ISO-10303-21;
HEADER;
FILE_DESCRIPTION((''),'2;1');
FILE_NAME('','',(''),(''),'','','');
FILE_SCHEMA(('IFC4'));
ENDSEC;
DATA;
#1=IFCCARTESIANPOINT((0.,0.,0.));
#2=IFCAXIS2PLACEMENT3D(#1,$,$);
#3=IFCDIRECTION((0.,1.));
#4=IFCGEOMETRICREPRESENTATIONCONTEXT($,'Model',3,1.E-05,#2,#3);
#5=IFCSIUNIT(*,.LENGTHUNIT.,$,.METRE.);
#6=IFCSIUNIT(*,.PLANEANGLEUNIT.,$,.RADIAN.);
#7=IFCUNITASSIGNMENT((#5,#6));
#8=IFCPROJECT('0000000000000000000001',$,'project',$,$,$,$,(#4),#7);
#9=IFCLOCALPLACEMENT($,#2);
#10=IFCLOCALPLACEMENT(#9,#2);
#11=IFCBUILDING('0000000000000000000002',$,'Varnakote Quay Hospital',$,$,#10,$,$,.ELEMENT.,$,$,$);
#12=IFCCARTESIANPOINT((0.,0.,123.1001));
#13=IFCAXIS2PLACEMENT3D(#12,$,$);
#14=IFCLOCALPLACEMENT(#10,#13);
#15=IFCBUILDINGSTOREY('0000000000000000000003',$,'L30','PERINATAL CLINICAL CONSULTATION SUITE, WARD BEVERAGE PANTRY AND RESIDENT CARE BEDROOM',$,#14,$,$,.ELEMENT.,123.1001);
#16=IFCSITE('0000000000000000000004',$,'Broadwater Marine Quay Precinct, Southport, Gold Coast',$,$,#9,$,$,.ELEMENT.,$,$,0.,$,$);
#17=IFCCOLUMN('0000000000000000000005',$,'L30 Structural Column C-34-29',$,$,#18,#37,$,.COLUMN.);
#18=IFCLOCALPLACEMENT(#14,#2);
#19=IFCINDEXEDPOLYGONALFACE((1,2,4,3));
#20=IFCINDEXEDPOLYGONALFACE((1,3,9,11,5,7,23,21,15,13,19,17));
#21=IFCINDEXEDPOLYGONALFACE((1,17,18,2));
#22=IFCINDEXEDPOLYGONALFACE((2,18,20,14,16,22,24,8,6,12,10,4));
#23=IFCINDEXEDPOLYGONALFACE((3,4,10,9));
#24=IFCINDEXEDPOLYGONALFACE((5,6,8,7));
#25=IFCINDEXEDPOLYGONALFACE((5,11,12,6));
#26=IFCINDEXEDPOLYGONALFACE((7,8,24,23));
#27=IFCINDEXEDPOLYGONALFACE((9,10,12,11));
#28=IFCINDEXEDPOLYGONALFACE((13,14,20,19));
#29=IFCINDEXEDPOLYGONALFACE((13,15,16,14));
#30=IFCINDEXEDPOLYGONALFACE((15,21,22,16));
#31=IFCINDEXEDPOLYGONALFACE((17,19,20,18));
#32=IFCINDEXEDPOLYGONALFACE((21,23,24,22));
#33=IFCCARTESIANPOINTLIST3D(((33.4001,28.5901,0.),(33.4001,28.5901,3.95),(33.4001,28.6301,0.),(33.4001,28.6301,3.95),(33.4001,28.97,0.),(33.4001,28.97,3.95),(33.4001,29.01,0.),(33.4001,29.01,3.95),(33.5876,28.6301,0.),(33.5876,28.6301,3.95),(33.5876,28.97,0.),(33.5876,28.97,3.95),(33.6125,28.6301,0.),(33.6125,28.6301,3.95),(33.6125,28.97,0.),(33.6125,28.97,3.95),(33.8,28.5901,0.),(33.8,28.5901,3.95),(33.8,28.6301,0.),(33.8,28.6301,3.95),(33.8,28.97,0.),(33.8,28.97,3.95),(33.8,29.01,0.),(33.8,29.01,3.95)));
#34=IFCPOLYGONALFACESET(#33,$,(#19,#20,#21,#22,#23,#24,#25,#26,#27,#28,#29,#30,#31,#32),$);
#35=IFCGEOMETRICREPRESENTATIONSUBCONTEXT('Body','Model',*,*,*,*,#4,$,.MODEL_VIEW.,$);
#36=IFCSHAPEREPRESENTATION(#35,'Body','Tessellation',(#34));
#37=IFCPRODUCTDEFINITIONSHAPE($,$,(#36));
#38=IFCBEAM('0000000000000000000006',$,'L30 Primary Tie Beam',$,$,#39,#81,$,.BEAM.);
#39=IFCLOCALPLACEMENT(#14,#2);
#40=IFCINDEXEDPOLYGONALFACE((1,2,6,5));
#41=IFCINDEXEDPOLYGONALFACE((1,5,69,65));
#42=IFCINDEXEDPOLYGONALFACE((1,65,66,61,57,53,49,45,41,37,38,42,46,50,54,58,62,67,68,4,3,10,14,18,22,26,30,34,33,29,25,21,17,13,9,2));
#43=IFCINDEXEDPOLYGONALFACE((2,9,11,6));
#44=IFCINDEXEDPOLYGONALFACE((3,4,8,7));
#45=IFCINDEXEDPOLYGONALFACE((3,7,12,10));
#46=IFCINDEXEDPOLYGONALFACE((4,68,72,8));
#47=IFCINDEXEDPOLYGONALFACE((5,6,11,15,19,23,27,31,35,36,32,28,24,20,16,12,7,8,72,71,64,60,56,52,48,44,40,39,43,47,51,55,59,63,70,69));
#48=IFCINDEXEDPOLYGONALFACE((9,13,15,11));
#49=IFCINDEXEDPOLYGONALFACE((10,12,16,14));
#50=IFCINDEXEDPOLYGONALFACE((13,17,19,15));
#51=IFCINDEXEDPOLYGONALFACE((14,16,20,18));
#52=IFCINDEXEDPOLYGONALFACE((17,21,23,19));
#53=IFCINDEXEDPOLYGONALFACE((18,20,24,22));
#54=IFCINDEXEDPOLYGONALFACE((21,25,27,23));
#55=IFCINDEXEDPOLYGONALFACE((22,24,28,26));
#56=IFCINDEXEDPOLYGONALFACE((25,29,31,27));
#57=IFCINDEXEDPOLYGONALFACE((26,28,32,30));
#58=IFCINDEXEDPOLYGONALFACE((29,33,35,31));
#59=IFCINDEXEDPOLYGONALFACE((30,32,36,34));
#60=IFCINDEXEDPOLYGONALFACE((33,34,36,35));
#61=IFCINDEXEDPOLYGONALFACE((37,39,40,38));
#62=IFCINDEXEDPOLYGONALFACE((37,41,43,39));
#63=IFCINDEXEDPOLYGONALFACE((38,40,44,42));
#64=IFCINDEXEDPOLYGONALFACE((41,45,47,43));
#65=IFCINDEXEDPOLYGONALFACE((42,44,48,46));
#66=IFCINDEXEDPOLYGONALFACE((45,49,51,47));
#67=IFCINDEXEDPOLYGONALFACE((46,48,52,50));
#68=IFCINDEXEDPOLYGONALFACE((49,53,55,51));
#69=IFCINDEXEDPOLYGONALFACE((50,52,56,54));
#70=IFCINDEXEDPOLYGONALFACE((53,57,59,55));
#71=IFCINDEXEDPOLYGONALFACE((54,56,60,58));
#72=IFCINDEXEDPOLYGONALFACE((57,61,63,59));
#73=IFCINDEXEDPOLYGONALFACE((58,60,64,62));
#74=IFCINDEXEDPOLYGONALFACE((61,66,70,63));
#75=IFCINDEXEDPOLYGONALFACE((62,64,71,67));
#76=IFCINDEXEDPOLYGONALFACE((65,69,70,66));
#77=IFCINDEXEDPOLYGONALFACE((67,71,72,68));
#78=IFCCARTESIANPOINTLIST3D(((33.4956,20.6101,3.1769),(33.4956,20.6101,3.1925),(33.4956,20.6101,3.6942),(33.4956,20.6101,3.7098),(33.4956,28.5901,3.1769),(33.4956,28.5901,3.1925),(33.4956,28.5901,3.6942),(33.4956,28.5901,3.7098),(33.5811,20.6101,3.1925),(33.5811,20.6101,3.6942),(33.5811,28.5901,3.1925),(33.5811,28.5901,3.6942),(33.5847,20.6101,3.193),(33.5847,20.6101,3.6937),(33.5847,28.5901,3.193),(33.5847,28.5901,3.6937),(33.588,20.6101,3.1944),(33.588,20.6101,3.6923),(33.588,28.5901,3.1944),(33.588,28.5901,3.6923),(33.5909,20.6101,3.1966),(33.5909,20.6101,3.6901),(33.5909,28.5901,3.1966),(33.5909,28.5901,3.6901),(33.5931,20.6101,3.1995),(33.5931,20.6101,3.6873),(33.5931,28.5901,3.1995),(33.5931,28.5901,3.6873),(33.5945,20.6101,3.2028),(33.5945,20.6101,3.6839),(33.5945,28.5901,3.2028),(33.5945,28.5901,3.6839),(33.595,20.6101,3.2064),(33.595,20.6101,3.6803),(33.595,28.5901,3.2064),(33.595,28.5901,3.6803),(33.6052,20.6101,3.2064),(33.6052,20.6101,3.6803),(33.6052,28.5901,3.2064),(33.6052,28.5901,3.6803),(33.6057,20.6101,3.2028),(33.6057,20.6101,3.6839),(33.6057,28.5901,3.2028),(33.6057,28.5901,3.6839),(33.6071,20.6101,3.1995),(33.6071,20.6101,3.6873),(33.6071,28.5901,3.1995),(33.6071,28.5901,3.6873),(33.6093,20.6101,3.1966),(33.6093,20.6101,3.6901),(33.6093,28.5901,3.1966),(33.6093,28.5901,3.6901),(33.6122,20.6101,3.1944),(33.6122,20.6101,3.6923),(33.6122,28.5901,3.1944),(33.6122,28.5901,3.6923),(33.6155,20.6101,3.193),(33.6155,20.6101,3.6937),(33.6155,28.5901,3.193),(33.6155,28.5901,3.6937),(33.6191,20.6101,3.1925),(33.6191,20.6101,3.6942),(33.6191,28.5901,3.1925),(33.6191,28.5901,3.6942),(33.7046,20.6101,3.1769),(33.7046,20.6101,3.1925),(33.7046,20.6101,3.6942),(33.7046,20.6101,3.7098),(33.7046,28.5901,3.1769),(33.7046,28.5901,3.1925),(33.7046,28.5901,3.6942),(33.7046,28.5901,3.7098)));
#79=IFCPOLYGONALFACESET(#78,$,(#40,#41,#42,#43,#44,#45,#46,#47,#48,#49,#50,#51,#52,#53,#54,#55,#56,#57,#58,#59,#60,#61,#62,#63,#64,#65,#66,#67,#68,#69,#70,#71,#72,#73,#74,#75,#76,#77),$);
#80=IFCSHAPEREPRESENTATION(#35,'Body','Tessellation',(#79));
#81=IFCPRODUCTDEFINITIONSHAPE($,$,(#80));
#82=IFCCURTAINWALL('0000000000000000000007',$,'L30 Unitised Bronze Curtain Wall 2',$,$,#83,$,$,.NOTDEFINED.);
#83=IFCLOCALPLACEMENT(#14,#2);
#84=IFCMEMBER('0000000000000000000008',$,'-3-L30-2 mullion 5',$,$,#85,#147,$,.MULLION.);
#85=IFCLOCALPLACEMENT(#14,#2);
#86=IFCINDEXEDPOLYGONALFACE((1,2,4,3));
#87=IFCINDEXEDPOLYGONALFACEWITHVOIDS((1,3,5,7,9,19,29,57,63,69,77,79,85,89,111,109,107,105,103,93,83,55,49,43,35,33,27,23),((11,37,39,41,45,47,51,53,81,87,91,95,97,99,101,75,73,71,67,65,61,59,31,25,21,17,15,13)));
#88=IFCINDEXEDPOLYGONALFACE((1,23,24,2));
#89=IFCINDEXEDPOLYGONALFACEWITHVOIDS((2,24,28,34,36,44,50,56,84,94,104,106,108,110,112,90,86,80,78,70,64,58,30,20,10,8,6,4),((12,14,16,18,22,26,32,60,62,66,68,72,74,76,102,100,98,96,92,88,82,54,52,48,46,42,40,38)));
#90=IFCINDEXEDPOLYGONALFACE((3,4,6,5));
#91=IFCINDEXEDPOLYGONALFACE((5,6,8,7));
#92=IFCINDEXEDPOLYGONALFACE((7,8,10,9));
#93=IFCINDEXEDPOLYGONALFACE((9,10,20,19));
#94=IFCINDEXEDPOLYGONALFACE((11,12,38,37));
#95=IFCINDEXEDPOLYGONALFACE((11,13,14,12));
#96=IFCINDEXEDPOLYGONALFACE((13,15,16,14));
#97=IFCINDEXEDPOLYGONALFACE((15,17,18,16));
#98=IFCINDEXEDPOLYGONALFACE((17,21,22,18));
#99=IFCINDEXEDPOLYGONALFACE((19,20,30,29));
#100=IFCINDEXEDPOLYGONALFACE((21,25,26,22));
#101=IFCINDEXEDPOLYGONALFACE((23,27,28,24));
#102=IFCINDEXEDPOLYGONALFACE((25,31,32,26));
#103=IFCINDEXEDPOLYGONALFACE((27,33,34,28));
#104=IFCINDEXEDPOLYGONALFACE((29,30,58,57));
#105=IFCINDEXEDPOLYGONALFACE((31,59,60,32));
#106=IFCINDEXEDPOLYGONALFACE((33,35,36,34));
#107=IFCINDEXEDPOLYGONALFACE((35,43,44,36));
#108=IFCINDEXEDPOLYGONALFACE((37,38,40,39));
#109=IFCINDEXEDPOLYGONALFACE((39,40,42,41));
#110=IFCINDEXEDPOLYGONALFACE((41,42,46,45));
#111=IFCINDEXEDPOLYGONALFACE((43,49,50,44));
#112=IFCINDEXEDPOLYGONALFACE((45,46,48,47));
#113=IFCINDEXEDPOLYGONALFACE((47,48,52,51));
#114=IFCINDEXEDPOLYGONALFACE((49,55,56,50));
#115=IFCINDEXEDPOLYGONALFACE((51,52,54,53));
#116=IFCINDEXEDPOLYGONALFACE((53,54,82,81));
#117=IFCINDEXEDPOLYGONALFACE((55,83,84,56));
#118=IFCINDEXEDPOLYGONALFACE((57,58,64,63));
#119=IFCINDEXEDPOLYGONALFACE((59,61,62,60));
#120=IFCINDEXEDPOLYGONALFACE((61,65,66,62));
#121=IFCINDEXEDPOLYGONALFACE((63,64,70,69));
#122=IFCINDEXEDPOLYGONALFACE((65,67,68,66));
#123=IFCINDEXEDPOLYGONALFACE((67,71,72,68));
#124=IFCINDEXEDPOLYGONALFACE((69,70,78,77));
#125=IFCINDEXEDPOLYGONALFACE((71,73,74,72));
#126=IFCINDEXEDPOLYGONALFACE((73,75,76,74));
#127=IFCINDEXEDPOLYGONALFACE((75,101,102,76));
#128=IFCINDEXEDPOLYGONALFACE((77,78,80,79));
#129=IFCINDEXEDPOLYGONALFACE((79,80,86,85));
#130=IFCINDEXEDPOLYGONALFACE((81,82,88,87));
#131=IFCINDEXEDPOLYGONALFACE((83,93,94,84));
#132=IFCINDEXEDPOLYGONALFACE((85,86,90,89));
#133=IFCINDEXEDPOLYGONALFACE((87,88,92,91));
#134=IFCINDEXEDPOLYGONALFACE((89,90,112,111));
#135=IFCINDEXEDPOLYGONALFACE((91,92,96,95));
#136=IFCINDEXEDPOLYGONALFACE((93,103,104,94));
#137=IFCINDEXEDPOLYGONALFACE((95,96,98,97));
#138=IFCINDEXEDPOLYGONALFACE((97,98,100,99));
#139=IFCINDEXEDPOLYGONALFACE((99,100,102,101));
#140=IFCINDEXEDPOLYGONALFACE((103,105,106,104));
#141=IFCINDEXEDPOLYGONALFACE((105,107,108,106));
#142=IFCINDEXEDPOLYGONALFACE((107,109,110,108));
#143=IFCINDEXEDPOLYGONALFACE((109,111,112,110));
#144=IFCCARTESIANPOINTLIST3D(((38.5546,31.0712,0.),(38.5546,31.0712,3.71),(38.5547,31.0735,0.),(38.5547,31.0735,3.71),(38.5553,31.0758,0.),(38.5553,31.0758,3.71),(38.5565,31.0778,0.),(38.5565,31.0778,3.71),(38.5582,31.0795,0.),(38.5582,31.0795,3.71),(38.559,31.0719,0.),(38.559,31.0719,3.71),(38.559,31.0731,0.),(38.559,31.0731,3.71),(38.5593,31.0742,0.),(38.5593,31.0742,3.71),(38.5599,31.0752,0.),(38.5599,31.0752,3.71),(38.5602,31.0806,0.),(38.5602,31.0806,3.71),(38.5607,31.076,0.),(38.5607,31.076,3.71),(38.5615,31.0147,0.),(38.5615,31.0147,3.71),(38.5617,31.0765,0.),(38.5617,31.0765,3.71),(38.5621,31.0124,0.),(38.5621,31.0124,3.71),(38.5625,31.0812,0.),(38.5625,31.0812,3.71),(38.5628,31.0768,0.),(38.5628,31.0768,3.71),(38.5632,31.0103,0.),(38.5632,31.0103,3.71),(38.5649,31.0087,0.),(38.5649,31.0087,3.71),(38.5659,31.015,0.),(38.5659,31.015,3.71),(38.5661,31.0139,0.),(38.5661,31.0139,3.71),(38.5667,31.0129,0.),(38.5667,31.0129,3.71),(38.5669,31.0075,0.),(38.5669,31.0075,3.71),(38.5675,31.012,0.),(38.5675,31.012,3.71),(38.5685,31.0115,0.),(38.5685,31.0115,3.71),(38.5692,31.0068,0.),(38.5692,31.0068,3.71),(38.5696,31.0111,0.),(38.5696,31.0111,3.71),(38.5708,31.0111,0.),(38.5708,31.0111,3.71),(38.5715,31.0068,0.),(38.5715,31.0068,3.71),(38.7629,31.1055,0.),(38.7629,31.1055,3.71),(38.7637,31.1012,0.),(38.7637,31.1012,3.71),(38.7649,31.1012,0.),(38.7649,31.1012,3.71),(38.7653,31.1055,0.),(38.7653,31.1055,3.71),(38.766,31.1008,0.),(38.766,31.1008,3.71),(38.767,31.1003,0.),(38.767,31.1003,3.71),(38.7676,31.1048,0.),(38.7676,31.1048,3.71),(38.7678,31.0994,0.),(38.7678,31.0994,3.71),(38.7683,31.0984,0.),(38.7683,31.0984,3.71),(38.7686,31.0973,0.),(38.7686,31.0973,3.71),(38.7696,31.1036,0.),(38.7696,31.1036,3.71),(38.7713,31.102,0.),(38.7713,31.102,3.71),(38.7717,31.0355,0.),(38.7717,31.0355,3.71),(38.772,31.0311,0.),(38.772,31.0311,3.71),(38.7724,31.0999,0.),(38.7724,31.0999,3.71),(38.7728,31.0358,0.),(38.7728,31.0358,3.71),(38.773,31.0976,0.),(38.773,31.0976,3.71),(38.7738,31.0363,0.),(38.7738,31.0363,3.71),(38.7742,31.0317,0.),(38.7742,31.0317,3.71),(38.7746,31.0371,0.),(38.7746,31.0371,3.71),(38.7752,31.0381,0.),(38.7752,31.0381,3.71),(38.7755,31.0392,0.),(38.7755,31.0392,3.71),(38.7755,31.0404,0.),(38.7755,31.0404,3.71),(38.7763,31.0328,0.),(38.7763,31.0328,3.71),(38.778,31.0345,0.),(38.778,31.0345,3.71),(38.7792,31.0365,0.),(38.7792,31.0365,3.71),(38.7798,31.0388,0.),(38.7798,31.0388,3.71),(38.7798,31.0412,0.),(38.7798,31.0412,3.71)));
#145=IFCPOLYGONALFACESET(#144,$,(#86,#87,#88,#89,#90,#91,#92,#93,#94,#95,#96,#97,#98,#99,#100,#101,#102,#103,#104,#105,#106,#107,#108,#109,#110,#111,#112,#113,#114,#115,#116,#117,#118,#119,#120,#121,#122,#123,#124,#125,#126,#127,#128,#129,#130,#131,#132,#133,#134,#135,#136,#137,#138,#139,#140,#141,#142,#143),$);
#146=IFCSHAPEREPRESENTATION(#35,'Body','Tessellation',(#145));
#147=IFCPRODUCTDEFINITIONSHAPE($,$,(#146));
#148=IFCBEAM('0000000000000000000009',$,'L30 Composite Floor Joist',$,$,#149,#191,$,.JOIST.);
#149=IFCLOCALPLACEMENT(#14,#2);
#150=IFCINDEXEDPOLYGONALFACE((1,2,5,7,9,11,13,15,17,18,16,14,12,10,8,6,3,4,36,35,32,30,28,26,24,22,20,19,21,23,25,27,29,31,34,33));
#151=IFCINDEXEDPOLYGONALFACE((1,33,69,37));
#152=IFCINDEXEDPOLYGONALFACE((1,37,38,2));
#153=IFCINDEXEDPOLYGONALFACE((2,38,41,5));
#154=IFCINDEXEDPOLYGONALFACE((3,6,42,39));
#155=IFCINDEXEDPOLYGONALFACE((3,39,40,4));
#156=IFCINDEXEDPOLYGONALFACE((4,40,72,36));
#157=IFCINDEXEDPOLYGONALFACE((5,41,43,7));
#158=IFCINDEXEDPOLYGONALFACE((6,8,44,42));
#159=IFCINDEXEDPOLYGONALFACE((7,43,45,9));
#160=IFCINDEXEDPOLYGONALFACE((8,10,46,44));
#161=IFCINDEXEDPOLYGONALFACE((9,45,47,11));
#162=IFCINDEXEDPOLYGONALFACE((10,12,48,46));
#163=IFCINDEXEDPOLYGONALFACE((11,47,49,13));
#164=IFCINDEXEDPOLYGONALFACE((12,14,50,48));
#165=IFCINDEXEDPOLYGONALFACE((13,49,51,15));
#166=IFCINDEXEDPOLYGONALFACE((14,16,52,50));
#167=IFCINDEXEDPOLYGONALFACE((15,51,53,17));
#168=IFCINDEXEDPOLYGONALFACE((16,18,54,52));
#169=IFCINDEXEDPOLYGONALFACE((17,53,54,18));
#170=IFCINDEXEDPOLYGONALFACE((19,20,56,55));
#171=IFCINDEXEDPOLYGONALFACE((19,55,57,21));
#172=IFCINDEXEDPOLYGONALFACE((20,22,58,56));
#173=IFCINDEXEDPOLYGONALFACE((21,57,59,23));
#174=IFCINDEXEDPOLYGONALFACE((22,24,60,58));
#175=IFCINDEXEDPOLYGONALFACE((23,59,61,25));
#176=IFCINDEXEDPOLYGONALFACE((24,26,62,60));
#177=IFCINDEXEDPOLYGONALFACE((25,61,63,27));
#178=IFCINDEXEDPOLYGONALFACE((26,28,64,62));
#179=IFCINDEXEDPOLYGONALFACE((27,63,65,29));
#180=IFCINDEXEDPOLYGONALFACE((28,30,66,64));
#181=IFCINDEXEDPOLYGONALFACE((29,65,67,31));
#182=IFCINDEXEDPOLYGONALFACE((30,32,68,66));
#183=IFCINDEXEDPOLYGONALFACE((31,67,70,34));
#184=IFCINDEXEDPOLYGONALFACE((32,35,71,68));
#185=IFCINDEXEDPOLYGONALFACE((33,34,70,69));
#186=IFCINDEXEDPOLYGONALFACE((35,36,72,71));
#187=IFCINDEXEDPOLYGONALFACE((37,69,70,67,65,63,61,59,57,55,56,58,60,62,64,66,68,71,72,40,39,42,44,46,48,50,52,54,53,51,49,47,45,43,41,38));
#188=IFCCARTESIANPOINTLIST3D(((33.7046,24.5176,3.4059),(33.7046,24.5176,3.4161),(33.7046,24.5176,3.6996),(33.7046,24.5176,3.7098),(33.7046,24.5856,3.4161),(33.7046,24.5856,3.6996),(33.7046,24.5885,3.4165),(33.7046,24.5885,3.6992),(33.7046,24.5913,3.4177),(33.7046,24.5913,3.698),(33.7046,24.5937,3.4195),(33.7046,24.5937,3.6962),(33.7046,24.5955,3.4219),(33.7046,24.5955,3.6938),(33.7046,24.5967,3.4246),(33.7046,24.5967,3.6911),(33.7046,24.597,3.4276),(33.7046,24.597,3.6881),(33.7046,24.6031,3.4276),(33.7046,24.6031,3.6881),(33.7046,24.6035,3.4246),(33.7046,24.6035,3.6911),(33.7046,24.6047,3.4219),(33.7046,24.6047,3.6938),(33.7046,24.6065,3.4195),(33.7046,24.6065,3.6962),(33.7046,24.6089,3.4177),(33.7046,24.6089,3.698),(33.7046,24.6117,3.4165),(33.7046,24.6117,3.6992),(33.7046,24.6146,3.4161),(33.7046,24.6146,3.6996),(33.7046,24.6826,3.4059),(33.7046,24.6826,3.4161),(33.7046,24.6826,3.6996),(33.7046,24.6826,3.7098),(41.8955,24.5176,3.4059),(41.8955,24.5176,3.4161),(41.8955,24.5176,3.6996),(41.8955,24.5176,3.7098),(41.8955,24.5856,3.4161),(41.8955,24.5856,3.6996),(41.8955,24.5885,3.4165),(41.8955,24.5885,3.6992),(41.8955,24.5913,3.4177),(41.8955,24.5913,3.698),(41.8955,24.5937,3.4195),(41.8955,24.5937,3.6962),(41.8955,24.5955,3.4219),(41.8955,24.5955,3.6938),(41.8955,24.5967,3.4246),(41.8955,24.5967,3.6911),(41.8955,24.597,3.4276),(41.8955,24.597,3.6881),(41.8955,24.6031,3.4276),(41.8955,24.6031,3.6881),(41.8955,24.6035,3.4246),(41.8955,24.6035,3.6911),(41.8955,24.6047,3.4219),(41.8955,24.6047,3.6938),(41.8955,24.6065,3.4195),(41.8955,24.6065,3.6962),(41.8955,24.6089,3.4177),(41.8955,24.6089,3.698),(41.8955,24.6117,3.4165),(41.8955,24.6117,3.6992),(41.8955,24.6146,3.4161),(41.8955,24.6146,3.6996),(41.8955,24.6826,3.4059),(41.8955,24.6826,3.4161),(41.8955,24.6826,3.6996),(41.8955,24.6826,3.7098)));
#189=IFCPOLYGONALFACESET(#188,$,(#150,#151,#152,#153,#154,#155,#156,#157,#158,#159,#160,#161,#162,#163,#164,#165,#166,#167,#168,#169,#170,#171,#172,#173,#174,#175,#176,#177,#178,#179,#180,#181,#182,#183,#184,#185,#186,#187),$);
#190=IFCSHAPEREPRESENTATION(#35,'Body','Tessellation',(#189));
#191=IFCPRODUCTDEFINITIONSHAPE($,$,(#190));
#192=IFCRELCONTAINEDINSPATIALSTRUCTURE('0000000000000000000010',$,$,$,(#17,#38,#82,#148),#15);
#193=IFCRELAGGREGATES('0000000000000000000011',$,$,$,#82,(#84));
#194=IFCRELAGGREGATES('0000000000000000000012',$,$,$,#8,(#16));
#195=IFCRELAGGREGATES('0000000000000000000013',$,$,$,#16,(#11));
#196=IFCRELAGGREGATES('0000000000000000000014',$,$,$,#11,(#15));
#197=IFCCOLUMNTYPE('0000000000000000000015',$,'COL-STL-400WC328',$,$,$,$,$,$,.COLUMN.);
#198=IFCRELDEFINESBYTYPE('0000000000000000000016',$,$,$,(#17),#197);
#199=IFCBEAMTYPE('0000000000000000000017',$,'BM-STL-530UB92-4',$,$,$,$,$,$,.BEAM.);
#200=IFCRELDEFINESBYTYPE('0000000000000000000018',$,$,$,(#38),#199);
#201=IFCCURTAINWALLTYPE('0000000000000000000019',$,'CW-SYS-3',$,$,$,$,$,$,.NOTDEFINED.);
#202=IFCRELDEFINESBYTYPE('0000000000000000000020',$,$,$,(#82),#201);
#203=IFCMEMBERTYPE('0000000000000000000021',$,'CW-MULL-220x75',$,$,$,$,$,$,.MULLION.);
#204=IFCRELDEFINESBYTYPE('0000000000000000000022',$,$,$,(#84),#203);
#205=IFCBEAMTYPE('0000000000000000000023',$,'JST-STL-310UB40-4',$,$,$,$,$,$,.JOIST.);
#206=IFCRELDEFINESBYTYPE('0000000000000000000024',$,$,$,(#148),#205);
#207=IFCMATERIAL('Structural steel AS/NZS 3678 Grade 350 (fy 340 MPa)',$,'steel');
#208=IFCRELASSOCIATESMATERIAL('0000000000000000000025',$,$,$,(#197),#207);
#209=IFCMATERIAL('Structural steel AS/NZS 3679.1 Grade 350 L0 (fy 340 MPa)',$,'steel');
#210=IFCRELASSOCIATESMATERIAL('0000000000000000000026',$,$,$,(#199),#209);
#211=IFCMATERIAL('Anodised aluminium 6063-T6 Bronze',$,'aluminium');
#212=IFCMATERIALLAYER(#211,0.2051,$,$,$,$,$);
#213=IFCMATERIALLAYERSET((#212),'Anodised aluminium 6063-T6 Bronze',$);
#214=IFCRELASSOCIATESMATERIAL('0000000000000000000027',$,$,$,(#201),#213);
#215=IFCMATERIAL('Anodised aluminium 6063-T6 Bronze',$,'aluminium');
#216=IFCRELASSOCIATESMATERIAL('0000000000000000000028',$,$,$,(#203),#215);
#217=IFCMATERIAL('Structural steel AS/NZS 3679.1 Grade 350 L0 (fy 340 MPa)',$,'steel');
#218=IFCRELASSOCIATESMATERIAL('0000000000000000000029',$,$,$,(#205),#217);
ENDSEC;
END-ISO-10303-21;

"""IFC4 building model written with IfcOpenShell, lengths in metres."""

from ifc_helpers import new_model, si_unit, direction, frame, origin, origin_2d, place, context, subcontext, project, spatial, hollow_rectangle, i_section, extrude, material, layer, layer_set, material_profile, profile_set, type_object, element, aggregate, save


model = new_model("IFC4")

# Units and contexts
model_context = context("Model", 3, precision=1e-05, world=origin(), true_north=direction((0.0, 1.0)))
body_context = subcontext(model_context, "Body", "Model", "MODEL_VIEW")
ifc_project = project(units=[si_unit("LENGTHUNIT", "METRE"), si_unit("PLANEANGLEUNIT", "RADIAN")], contexts=[model_context])

# Site, building, storey
site_placement = place(None, origin())
site = spatial("IfcSite", under=ifc_project, at=site_placement, Name="Broadwater Marine Quay Precinct, Southport, Gold Coast", CompositionType="ELEMENT", RefElevation=0.0)
building_placement = place(site_placement, origin())
building = spatial("IfcBuilding", under=site, at=building_placement, Name="Varnakote Quay Hospital", CompositionType="ELEMENT")
storey_placement = place(building_placement, frame((0.0, 0.0, 123.1001)))
storey = spatial("IfcBuildingStorey", under=building, at=storey_placement, Name="L30", Description="PERINATAL CLINICAL CONSULTATION SUITE, WARD BEVERAGE PANTRY AND RESIDENT CARE BEDROOM", CompositionType="ELEMENT", Elevation=123.1001)

# Column
ifc_material_1 = material(Name="Structural steel AS/NZS 3678 Grade 350 (fy 340 MPa)", Category="steel")
ifc_material_profile_1 = material_profile(ifc_material_1, i_section(OverallWidth=0.3999, OverallDepth=0.4199, WebThickness=0.0249, FlangeThickness=0.04, at=origin_2d()), Name="400WC328")
ifc_profile_set_1 = profile_set([ifc_material_profile_1], Name="Structural steel AS/NZS 3678 Grade 350 (fy 340 MPa)")
column_type = type_object("IfcColumnType", Name="COL-STL-400WC328", PredefinedType="COLUMN", material=ifc_profile_set_1)
column_placement = place(storey_placement, frame((33.6001, 28.8, 0.0), z_axis=(0.0, 0.0, 1.0), x_axis=(1.0, 0.0, 0.0)))
element("IfcColumn", 1, at=column_placement, inside=storey, type_object=column_type, Name="L30 Structural Column C-34-29", PredefinedType="COLUMN", context=body_context, shape_type="SweptSolid", body=[
    extrude(i_section(OverallWidth=0.3999, OverallDepth=0.4199, WebThickness=0.0249, FlangeThickness=0.04, at=origin_2d()), origin(), (0.0, 0.0, 1.0), 3.95),
])

# Beam
ifc_material_2 = material(Name="Structural steel AS/NZS 3679.1 Grade 350 L0 (fy 340 MPa)", Category="steel")
ifc_material_profile_2 = material_profile(ifc_material_2, i_section(OverallWidth=0.209, OverallDepth=0.533, WebThickness=0.0103, FlangeThickness=0.0156, FilletRadius=0.0139, at=origin_2d()), Name="530UB92.4")
ifc_profile_set_2 = profile_set([ifc_material_profile_2], Name="Structural steel AS/NZS 3679.1 Grade 350 L0 (fy 340 MPa)")
beam_type_1 = type_object("IfcBeamType", Name="BM-STL-530UB92-4", PredefinedType="BEAM", material=ifc_profile_set_2)
beam_1_placement = place(storey_placement, frame((33.6001, 20.6101, 3.4434), z_axis=(0.0, 1.0, 0.0), x_axis=(-1.0, 0.0, 0.0)))
element("IfcBeam", 2, at=beam_1_placement, inside=storey, type_object=beam_type_1, Name="L30 Primary Tie Beam", PredefinedType="BEAM", context=body_context, shape_type="SweptSolid", body=[
    extrude(i_section(OverallWidth=0.209, OverallDepth=0.533, WebThickness=0.0103, FlangeThickness=0.0156, FilletRadius=0.0139, at=origin_2d()), origin(), (0.0, 0.0, 1.0), 7.98),
])

# Curtain wall, member
ifc_material_3 = material(Name="Anodised aluminium 6063-T6 Bronze", Category="aluminium")
ifc_layer_1 = layer(ifc_material_3, 0.2051)
ifc_layer_set_1 = layer_set([ifc_layer_1], Name="Anodised aluminium 6063-T6 Bronze")
curtain_wall_type = type_object("IfcCurtainWallType", Name="CW-SYS-3", PredefinedType="NOTDEFINED", material=ifc_layer_set_1)
curtain_wall_placement = place(storey_placement, origin())
curtain_wall = element("IfcCurtainWall", 3, at=curtain_wall_placement, inside=storey, type_object=curtain_wall_type, Name="L30 Unitised Bronze Curtain Wall 2", PredefinedType="NOTDEFINED")
ifc_material_4 = material(Name="Anodised aluminium 6063-T6 Bronze", Category="aluminium")
ifc_material_profile_3 = material_profile(ifc_material_4, hollow_rectangle(XDim=0.075, YDim=0.22, WallThickness=0.0044, InnerFilletRadius=0.0044, OuterFilletRadius=0.009, at=origin_2d()), Name="CW-MULL-220x75")
ifc_profile_set_3 = profile_set([ifc_material_profile_3], Name="Anodised aluminium 6063-T6 Bronze")
member_type = type_object("IfcMemberType", Name="CW-MULL-220x75", PredefinedType="MULLION", material=ifc_profile_set_3)
member_placement = place(storey_placement, frame((38.6672, 31.0562, 0.0), z_axis=(0.0, 0.0, 1.0), x_axis=(0.120327, -0.992734, 0.0)))
member = element("IfcMember", 4, at=member_placement, type_object=member_type, Name="-3-L30-2 mullion 5", PredefinedType="MULLION", context=body_context, shape_type="SweptSolid", body=[
    extrude(hollow_rectangle(XDim=0.075, YDim=0.22, WallThickness=0.0044, InnerFilletRadius=0.0044, OuterFilletRadius=0.009, at=origin_2d()), origin(), (0.0, 0.0, 1.0), 3.71),
])

# Beam
ifc_material_5 = material(Name="Structural steel AS/NZS 3679.1 Grade 350 L0 (fy 340 MPa)", Category="steel")
ifc_material_profile_4 = material_profile(ifc_material_5, i_section(OverallWidth=0.165, OverallDepth=0.304, WebThickness=0.0061, FlangeThickness=0.0103, FilletRadius=0.0115, at=origin_2d()), Name="310UB40.4")
ifc_profile_set_4 = profile_set([ifc_material_profile_4], Name="Structural steel AS/NZS 3679.1 Grade 350 L0 (fy 340 MPa)")
beam_type_2 = type_object("IfcBeamType", Name="JST-STL-310UB40-4", PredefinedType="JOIST", material=ifc_profile_set_4)
beam_2_placement = place(storey_placement, frame((33.7046, 24.6001, 3.5579), z_axis=(1.0, 0.0, 0.0), x_axis=(0.0, 1.0, 0.0)))
element("IfcBeam", 5, at=beam_2_placement, inside=storey, type_object=beam_type_2, Name="L30 Composite Floor Joist", PredefinedType="JOIST", context=body_context, shape_type="SweptSolid", body=[
    extrude(i_section(OverallWidth=0.165, OverallDepth=0.304, WebThickness=0.0061, FlangeThickness=0.0103, FilletRadius=0.0115, at=origin_2d()), origin(), (0.0, 0.0, 1.0), 8.1909),
])

aggregate(curtain_wall, [member])

save(model, "model.ifc")
